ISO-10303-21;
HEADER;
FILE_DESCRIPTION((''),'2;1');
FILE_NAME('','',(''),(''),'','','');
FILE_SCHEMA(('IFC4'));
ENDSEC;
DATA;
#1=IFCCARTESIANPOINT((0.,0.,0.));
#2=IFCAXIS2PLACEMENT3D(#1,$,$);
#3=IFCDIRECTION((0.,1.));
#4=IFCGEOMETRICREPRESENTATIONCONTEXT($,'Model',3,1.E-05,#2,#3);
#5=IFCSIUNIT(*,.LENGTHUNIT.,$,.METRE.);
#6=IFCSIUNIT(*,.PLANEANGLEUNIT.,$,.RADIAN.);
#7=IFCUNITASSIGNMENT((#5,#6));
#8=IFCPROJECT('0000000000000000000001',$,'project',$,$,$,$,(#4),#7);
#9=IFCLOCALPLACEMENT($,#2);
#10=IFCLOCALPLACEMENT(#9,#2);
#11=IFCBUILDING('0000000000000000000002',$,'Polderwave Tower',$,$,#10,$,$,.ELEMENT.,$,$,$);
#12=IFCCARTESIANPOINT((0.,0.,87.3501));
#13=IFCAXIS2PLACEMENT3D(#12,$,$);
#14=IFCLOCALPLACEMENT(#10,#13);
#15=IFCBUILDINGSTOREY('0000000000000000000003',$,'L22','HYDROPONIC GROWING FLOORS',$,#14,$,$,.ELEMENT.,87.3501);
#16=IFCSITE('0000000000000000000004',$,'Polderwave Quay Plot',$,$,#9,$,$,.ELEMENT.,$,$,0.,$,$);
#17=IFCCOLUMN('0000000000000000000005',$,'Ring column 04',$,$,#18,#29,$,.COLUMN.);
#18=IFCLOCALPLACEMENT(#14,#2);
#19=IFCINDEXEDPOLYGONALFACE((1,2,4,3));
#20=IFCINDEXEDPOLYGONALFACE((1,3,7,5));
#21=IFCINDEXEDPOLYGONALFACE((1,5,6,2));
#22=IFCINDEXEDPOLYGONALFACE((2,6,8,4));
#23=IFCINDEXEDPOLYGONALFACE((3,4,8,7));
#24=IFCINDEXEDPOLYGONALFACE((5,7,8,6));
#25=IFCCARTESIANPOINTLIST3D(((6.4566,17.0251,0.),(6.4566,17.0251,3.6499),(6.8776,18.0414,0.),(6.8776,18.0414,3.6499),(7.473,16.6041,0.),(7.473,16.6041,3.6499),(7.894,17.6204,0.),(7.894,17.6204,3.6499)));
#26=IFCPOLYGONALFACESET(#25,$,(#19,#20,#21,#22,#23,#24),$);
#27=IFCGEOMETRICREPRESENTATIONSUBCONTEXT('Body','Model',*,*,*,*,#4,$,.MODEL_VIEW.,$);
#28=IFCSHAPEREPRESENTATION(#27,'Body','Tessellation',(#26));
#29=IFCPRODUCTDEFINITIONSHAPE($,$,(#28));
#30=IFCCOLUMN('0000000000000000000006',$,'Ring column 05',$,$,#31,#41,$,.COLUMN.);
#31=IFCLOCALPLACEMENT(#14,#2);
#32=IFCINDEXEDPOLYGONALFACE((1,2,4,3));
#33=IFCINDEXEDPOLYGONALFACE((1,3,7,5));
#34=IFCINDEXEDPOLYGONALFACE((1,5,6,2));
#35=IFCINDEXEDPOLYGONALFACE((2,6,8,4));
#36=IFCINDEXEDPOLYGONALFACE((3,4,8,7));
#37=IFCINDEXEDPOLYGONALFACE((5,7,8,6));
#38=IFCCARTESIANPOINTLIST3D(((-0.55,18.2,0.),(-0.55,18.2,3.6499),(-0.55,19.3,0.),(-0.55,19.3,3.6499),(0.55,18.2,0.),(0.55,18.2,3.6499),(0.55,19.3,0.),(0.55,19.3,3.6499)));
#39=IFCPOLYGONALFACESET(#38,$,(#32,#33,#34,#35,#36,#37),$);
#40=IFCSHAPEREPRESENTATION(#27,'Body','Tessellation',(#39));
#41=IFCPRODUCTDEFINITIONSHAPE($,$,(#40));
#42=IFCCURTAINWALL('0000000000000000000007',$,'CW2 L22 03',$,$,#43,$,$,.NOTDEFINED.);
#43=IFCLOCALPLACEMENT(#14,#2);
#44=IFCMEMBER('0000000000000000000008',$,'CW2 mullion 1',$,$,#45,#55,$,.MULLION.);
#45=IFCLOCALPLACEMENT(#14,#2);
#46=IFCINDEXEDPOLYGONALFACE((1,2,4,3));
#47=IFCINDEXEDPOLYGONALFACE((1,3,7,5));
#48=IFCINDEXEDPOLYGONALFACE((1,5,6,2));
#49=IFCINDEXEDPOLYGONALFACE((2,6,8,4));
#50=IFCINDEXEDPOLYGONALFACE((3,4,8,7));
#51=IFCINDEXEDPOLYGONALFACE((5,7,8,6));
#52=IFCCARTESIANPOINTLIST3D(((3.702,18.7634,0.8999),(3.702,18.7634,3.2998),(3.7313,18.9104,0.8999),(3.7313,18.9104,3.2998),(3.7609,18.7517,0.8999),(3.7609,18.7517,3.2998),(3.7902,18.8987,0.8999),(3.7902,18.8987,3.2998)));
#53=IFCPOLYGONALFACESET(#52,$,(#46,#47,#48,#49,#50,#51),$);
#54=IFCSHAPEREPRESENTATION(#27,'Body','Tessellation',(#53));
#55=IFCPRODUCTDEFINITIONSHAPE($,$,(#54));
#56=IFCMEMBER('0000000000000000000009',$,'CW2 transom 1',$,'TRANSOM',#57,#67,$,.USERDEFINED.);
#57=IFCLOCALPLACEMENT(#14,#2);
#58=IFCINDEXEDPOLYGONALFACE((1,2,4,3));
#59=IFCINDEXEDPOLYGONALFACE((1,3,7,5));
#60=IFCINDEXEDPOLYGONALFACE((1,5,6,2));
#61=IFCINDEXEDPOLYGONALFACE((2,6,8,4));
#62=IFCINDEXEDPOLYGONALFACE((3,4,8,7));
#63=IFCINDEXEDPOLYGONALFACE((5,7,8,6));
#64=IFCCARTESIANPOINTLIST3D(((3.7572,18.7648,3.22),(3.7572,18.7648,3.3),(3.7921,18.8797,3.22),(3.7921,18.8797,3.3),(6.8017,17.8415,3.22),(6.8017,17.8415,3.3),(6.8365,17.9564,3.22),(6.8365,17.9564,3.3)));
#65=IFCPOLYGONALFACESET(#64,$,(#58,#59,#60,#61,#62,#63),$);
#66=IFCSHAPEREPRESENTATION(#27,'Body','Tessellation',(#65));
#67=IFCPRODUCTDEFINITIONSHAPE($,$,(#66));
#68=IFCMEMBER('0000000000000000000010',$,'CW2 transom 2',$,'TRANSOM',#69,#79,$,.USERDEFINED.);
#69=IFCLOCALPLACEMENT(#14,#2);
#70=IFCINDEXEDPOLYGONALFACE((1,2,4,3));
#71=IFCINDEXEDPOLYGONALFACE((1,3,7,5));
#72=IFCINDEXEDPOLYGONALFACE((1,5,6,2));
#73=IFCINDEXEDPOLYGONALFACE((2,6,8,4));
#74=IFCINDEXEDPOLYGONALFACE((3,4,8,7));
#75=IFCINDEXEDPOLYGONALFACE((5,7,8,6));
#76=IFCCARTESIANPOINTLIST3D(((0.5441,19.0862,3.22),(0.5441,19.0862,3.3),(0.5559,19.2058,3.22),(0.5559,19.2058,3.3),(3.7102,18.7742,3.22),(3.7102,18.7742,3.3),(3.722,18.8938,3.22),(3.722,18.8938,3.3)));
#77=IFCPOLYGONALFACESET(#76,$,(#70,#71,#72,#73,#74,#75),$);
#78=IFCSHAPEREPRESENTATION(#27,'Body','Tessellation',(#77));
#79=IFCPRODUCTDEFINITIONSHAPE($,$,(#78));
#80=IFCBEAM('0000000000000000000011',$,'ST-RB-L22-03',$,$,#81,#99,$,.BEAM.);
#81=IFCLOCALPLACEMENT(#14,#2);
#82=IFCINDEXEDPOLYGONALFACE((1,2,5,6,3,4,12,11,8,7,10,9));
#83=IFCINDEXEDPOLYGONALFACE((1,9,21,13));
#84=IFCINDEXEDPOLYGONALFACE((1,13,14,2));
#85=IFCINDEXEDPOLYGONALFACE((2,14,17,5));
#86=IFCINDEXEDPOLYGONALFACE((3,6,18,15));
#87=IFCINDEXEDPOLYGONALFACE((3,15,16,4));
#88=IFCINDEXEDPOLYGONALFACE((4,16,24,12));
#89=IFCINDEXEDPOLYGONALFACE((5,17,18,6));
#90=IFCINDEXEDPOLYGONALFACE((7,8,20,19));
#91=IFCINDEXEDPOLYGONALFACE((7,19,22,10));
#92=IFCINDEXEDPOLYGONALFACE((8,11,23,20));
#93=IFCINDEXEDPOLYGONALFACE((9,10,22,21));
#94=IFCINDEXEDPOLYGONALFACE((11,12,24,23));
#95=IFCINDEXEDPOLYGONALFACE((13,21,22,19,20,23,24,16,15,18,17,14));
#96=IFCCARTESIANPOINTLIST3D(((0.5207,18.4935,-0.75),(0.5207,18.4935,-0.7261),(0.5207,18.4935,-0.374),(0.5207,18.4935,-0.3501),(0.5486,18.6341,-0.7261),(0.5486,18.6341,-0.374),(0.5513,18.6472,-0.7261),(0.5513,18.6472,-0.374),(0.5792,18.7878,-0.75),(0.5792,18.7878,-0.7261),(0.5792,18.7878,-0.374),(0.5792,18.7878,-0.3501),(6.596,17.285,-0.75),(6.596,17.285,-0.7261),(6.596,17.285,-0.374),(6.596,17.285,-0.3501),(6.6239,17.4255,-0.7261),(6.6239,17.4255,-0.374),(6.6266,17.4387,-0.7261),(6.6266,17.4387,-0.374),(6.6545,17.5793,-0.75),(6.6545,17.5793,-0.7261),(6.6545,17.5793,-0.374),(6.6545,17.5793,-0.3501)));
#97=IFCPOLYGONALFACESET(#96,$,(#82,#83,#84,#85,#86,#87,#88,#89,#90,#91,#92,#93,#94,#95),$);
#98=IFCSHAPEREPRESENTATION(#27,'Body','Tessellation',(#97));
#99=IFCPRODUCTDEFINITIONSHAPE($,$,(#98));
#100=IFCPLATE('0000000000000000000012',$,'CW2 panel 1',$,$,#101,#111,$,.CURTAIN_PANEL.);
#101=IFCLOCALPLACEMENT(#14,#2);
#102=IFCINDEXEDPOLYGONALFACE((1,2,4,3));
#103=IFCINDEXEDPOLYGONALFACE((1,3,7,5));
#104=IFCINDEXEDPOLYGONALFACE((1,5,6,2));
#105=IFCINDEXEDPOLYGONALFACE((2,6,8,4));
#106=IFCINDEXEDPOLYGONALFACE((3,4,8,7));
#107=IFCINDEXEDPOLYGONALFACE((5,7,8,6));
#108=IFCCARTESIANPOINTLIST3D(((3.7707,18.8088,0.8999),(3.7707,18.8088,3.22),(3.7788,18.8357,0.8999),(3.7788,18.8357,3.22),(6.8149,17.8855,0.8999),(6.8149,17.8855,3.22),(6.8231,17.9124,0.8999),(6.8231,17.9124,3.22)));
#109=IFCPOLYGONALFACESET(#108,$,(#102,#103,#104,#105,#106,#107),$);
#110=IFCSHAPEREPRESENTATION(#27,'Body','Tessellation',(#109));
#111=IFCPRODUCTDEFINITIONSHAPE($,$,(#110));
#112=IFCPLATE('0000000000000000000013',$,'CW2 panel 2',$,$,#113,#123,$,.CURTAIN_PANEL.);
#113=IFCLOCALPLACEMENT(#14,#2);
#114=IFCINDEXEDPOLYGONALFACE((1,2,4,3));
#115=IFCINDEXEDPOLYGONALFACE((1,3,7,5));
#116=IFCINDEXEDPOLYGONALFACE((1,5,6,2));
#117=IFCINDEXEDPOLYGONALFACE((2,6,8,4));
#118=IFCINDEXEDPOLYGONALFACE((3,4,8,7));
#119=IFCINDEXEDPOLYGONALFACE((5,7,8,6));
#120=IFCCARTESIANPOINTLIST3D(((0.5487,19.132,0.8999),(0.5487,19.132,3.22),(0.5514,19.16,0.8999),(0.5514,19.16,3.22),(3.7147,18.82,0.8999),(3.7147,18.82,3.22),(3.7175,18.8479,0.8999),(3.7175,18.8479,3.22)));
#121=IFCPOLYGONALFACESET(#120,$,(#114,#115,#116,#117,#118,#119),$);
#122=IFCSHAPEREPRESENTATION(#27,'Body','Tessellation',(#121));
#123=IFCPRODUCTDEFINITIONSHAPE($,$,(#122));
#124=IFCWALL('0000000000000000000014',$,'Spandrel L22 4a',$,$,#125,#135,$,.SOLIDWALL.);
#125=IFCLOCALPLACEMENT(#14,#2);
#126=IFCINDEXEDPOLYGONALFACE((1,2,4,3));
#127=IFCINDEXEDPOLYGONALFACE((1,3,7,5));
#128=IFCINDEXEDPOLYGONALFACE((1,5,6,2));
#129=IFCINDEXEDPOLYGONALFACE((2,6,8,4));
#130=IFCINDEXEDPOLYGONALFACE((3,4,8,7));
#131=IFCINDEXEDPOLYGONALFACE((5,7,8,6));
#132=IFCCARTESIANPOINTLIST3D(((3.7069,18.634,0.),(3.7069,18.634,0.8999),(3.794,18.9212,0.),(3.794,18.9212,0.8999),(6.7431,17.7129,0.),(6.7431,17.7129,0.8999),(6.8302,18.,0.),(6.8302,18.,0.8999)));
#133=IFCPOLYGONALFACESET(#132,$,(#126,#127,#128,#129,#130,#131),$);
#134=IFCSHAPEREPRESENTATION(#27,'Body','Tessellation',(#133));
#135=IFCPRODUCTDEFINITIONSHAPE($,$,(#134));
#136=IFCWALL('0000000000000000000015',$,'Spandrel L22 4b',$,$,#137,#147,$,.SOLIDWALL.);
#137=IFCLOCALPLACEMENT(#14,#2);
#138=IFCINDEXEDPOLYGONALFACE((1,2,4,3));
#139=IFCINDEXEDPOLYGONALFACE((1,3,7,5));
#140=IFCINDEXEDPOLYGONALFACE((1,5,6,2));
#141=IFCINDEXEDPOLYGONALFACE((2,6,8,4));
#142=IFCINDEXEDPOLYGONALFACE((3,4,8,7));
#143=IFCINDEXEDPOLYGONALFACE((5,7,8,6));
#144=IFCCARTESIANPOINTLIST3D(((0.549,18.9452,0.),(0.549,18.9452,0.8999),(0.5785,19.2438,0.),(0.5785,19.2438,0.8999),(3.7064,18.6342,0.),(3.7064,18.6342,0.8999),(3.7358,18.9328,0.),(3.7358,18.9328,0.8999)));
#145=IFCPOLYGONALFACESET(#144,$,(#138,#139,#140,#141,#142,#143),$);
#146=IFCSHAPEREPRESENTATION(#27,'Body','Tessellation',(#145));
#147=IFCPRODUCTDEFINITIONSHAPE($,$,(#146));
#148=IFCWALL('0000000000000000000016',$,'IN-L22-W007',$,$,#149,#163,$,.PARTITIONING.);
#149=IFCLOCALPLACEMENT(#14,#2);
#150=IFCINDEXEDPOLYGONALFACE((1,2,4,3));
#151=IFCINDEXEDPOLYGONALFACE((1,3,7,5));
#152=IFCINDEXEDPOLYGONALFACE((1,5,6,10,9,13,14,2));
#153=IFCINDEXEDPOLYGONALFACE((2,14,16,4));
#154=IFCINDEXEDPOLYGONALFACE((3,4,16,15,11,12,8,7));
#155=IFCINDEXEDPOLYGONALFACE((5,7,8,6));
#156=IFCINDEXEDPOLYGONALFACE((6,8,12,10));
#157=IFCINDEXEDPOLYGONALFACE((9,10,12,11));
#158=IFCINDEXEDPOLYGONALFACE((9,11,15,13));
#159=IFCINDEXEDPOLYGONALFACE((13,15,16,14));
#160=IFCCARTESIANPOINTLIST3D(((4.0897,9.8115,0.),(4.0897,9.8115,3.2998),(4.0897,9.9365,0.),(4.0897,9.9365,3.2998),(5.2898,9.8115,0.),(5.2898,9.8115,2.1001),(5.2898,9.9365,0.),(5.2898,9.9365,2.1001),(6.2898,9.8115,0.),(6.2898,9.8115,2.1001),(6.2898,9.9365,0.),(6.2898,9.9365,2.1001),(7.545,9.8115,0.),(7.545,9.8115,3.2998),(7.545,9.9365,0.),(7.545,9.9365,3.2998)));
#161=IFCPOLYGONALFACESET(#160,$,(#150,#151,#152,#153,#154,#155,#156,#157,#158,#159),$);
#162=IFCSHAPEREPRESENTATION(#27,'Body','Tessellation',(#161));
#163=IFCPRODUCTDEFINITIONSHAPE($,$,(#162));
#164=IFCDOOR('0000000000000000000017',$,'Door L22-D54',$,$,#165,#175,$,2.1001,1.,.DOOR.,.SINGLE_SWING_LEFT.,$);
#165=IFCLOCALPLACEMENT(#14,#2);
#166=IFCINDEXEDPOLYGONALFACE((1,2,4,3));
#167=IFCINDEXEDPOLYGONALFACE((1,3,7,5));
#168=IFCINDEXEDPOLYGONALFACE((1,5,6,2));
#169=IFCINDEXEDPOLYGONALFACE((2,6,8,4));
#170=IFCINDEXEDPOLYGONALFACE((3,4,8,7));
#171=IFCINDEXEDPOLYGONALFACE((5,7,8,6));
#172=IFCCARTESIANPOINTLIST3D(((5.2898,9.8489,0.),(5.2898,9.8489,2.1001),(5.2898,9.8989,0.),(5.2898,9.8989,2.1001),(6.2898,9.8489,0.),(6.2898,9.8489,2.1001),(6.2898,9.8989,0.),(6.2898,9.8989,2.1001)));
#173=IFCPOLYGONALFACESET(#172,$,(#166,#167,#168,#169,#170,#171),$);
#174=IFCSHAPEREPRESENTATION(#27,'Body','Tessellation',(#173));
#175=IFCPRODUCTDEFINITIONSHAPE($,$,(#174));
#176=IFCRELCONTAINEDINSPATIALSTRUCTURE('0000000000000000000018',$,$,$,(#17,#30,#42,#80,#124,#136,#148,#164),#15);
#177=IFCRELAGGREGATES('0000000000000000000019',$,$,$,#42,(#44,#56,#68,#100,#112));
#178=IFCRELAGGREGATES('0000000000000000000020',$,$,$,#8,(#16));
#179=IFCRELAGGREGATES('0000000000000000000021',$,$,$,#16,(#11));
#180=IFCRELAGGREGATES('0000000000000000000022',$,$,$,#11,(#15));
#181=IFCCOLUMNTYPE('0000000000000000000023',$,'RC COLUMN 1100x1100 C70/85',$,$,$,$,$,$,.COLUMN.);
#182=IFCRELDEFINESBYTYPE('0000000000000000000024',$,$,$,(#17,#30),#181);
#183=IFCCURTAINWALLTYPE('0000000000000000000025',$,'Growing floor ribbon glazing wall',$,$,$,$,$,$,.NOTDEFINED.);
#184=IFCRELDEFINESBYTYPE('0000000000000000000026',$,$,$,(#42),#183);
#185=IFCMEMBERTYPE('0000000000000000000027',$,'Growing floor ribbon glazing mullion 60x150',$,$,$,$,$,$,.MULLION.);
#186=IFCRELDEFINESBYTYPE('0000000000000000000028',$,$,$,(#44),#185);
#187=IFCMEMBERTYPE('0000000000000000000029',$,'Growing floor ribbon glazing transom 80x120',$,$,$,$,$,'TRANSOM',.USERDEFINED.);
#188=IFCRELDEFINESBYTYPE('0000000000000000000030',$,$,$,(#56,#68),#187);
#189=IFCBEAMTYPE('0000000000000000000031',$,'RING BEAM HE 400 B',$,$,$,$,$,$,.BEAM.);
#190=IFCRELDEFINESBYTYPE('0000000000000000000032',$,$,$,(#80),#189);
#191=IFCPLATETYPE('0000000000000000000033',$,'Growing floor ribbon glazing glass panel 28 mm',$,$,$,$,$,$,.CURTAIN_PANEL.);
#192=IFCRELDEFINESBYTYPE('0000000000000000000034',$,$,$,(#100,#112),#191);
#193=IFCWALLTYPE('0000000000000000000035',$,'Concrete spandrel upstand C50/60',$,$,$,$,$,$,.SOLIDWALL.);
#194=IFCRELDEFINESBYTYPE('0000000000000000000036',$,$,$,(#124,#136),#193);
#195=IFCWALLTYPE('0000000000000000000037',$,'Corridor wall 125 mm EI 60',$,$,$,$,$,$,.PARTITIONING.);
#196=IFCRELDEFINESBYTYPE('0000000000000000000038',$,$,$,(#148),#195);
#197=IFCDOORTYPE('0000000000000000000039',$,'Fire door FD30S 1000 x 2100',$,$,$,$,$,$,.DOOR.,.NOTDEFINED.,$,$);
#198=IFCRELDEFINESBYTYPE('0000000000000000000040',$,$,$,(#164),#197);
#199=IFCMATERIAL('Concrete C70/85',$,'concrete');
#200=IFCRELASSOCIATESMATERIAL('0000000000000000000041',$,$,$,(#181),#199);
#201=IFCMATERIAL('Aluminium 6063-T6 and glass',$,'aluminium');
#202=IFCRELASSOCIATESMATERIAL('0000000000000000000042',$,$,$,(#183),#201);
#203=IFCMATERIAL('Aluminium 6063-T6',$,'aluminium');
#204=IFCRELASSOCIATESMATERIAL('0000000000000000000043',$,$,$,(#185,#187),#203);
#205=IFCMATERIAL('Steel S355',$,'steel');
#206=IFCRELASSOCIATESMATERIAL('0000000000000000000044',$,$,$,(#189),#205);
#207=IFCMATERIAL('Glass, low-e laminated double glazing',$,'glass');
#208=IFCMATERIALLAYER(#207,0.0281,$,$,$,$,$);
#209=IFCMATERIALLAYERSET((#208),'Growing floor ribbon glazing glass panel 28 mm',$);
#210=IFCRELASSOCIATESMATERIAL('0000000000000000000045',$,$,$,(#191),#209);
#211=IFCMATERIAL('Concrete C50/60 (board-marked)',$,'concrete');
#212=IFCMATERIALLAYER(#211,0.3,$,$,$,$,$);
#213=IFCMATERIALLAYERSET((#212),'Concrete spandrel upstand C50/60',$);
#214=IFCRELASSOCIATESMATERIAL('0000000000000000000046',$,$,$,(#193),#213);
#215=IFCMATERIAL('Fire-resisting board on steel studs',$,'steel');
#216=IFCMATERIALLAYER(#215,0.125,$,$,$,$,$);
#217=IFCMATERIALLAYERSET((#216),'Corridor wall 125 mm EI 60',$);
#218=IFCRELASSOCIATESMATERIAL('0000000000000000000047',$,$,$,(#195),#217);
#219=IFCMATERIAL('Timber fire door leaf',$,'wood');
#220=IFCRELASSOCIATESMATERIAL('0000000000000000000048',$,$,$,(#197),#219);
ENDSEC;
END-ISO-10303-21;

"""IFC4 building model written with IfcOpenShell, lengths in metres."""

from ifc_helpers import new_model, si_unit, direction, frame, frame_2d, origin, origin_2d, place, context, subcontext, project, spatial, rectangle, i_section, extrude, material, layer, layer_set, material_profile, profile_set, type_object, element, fill, aggregate, save


model = new_model("IFC4")

# Units and contexts
model_context = context("Model", 3, precision=1e-05, world=origin(), true_north=direction((0.0, 1.0)))
body_context = subcontext(model_context, "Body", "Model", "MODEL_VIEW")
ifc_project = project(units=[si_unit("LENGTHUNIT", "METRE"), si_unit("PLANEANGLEUNIT", "RADIAN")], contexts=[model_context])

# Site, building, storey
site_placement = place(None, origin())
site = spatial("IfcSite", under=ifc_project, at=site_placement, Name="Polderwave Quay Plot", CompositionType="ELEMENT", RefElevation=0.0)
building_placement = place(site_placement, origin())
building = spatial("IfcBuilding", under=site, at=building_placement, Name="Polderwave Tower", CompositionType="ELEMENT")
storey_placement = place(building_placement, frame((0.0, 0.0, 87.3501)))
storey = spatial("IfcBuildingStorey", under=building, at=storey_placement, Name="L22", Description="HYDROPONIC GROWING FLOORS", CompositionType="ELEMENT", Elevation=87.3501)

# Columns
ifc_material_1 = material(Name="Concrete C70/85", Category="concrete")
ifc_material_profile_1 = material_profile(ifc_material_1, rectangle(XDim=1.1001, YDim=1.1001, at=origin_2d()), Name="RC 1100x1100")
ifc_profile_set_1 = profile_set([ifc_material_profile_1], Name="Concrete C70/85")
column_type = type_object("IfcColumnType", Name="RC COLUMN 1100x1100 C70/85", PredefinedType="COLUMN", material=ifc_profile_set_1)
for number, where, z_axis, x_axis, name in (
    (1, (7.1753, 17.3228, 0.0), (0.0, 0.0, 1.0), (0.382683, 0.92388, 0.0), "Ring column 04"),
    (2, (0.0, 18.75, 0.0), (0.0, 0.0, 1.0), (0.0, 1.0, 0.0), "Ring column 05"),
):
    element("IfcColumn", number, at=place(storey_placement, frame(where, z_axis=z_axis, x_axis=x_axis)), inside=storey, type_object=column_type, Name=name, PredefinedType="COLUMN", context=body_context, shape_type="SweptSolid", body=[
        extrude(rectangle(XDim=1.1001, YDim=1.1001, at=origin_2d()), origin(), (0.0, 0.0, 1.0), 3.6499),
    ])

# Curtain wall, members
ifc_material_2 = material(Name="Aluminium 6063-T6 and glass", Category="aluminium")
curtain_wall_type = type_object("IfcCurtainWallType", Name="Growing floor ribbon glazing wall", PredefinedType="NOTDEFINED", material=ifc_material_2)
curtain_wall_placement = place(storey_placement, origin())
curtain_wall = element("IfcCurtainWall", 3, at=curtain_wall_placement, inside=storey, type_object=curtain_wall_type, Name="CW2 L22 03", PredefinedType="NOTDEFINED")
ifc_material_3 = material(Name="Aluminium 6063-T6", Category="aluminium")
ifc_material_profile_2 = material_profile(ifc_material_3, rectangle(XDim=0.1499, YDim=0.0601, at=origin_2d()), Name="AL 60x150")
ifc_profile_set_2 = profile_set([ifc_material_profile_2], Name="Aluminium 6063-T6")
member_type_1 = type_object("IfcMemberType", Name="Growing floor ribbon glazing mullion 60x150", PredefinedType="MULLION", material=ifc_profile_set_2)
member_1_placement = place(storey_placement, frame((3.7461, 18.8311, 0.8999), z_axis=(0.0, 0.0, 1.0), x_axis=(-0.195097, -0.980784, 0.0)))
member_1 = element("IfcMember", 4, at=member_1_placement, type_object=member_type_1, Name="CW2 mullion 1", PredefinedType="MULLION", context=body_context, shape_type="SweptSolid", body=[
    extrude(rectangle(XDim=0.1499, YDim=0.0601, at=origin_2d()), origin(), (0.0, 0.0, 1.0), 2.3999),
])
ifc_material_profile_3 = material_profile(ifc_material_3, rectangle(XDim=0.1201, YDim=0.0801, at=origin_2d()), Name="AL 80x120")
ifc_profile_set_3 = profile_set([ifc_material_profile_3], Name="Aluminium 6063-T6")
member_type_2 = type_object("IfcMemberType", Name="Growing floor ribbon glazing transom 80x120", ElementType="TRANSOM", PredefinedType="USERDEFINED", material=ifc_profile_set_3)
member_2_placement = place(storey_placement, frame((6.8191, 17.8989, 3.26), z_axis=(-0.956956, 0.290233, 0.0), x_axis=(-0.290233, -0.956956, 0.0)))
member_2 = element("IfcMember", 5, at=member_2_placement, type_object=member_type_2, Name="CW2 transom 1", ObjectType="TRANSOM", PredefinedType="USERDEFINED", context=body_context, shape_type="SweptSolid", body=[
    extrude(rectangle(XDim=0.1201, YDim=0.0801, at=origin_2d()), origin(), (0.0, 0.0, 1.0), 3.1814),
])
member_3_placement = place(storey_placement, frame((3.7161, 18.834, 3.26), z_axis=(-0.995179, 0.098075, 0.0), x_axis=(-0.098075, -0.995179, 0.0)))
member_3 = element("IfcMember", 6, at=member_3_placement, type_object=member_type_2, Name="CW2 transom 2", ObjectType="TRANSOM", PredefinedType="USERDEFINED", context=body_context, shape_type="SweptSolid", body=[
    extrude(rectangle(XDim=0.1201, YDim=0.0801, at=origin_2d()), origin(), (0.0, 0.0, 1.0), 3.1814),
])

# Beam
ifc_material_4 = material(Name="Steel S355", Category="steel")
ifc_material_profile_4 = material_profile(ifc_material_4, i_section(OverallWidth=0.3, OverallDepth=0.3999, WebThickness=0.0134, FlangeThickness=0.0239, at=origin_2d()), Name="HE 400 B")
ifc_profile_set_4 = profile_set([ifc_material_profile_4], Name="Steel S355")
beam_type = type_object("IfcBeamType", Name="RING BEAM HE 400 B", PredefinedType="BEAM", material=ifc_profile_set_4)
beam_placement = place(storey_placement, frame((6.6252, 17.4321, -0.55), z_axis=(-0.980783, 0.1951, 0.0), x_axis=(-0.1951, -0.980783, 0.0)))
element("IfcBeam", 7, at=beam_placement, inside=storey, type_object=beam_type, Name="ST-RB-L22-03", PredefinedType="BEAM", context=body_context, shape_type="SweptSolid", body=[
    extrude(i_section(OverallWidth=0.3, OverallDepth=0.3999, WebThickness=0.0134, FlangeThickness=0.0239, at=origin_2d()), origin(), (0.0, 0.0, 1.0), 6.1943),
])

# Plates
ifc_material_5 = material(Name="Glass, low-e laminated double glazing", Category="glass")
ifc_layer_1 = layer(ifc_material_5, 0.0281)
ifc_layer_set_1 = layer_set([ifc_layer_1], Name="Growing floor ribbon glazing glass panel 28 mm")
plate_type = type_object("IfcPlateType", Name="Growing floor ribbon glazing glass panel 28 mm", PredefinedType="CURTAIN_PANEL", material=ifc_layer_set_1)
plate_1_placement = place(storey_placement, frame((5.2969, 18.3606, 0.8999), z_axis=(0.0, 0.0, 1.0), x_axis=(-0.956956, 0.290233, 0.0)))
plate_1 = element("IfcPlate", 8, at=plate_1_placement, type_object=plate_type, Name="CW2 panel 1", PredefinedType="CURTAIN_PANEL", context=body_context, shape_type="SweptSolid", body=[
    extrude(rectangle(XDim=3.1812, YDim=0.0281, at=origin_2d()), origin(), (0.0, 0.0, 1.0), 2.3201),
])
plate_2_placement = place(storey_placement, frame((2.1331, 18.99, 0.8999), z_axis=(0.0, 0.0, 1.0), x_axis=(-0.995178, 0.098085, 0.0)))
plate_2 = element("IfcPlate", 9, at=plate_2_placement, type_object=plate_type, Name="CW2 panel 2", PredefinedType="CURTAIN_PANEL", context=body_context, shape_type="SweptSolid", body=[
    extrude(rectangle(XDim=3.1814, YDim=0.0281, at=origin_2d()), origin(), (0.0, 0.0, 1.0), 2.3201),
])
aggregate(curtain_wall, [member_1, member_2, member_3, plate_1, plate_2])

# Walls
ifc_material_6 = material(Name="Concrete C50/60 (board-marked)", Category="concrete")
ifc_layer_2 = layer(ifc_material_6, 0.3)
ifc_layer_set_2 = layer_set([ifc_layer_2], Name="Concrete spandrel upstand C50/60")
wall_type_1 = type_object("IfcWallType", Name="Concrete spandrel upstand C50/60", PredefinedType="SOLIDWALL", material=ifc_layer_set_2)
wall_1_placement = place(storey_placement, frame((6.7866, 17.8564, 0.0), z_axis=(0.0, 0.0, 1.0), x_axis=(-0.956928, 0.290326, 0.0)))
element("IfcWall", 10, at=wall_1_placement, inside=storey, type_object=wall_type_1, Name="Spandrel L22 4a", PredefinedType="SOLIDWALL", context=body_context, shape_type="SweptSolid", body=[
    extrude(rectangle(XDim=3.1729, YDim=0.3, at=frame_2d((1.5864, 0.0))), origin(), (0.0, 0.0, 1.0), 0.8999),
])
wall_2_placement = place(storey_placement, frame((3.7212, 18.7834, 0.0), z_axis=(0.0, 0.0, 1.0), x_axis=(-0.995182, 0.098041, 0.0)))
element("IfcWall", 11, at=wall_2_placement, inside=storey, type_object=wall_type_1, Name="Spandrel L22 4b", PredefinedType="SOLIDWALL", context=body_context, shape_type="SweptSolid", body=[
    extrude(rectangle(XDim=3.1726, YDim=0.3, at=frame_2d((1.5864, 0.0))), origin(), (0.0, 0.0, 1.0), 0.8999),
])

# Wall, opening, door
ifc_material_7 = material(Name="Fire-resisting board on steel studs", Category="steel")
ifc_layer_3 = layer(ifc_material_7, 0.125)
ifc_layer_set_3 = layer_set([ifc_layer_3], Name="Corridor wall 125 mm EI 60")
wall_type_2 = type_object("IfcWallType", Name="Corridor wall 125 mm EI 60", PredefinedType="PARTITIONING", material=ifc_layer_set_3)
wall_3_placement = place(storey_placement, frame((4.0898, 9.874, 0.0), z_axis=(0.0, 0.0, 1.0), x_axis=(1.0, 0.0, 0.0)))
wall_3 = element("IfcWall", 12, at=wall_3_placement, inside=storey, type_object=wall_type_2, Name="IN-L22-W007", PredefinedType="PARTITIONING", context=body_context, shape_type="SweptSolid", body=[
    extrude(rectangle(XDim=3.4553, YDim=0.125, at=frame_2d((1.7275, 0.0))), origin(), (0.0, 0.0, 1.0), 3.2998),
])
opening_1_placement = place(wall_3_placement, frame((1.2, 0.0, 0.0)))
opening_1 = element("IfcOpeningElement", 13, at=opening_1_placement, cuts=wall_3, PredefinedType="OPENING", context=body_context, shape_type="SweptSolid", body=[
    extrude(rectangle(XDim=1.0, YDim=2.1001, at=frame_2d((0.5, 1.05))), frame((0.0, 0.0725, 0.0), z_axis=(0.0, -1.0, 0.0), x_axis=(1.0, 0.0, 0.0)), (0.0, 0.0, 1.0), 0.145),
])
ifc_material_8 = material(Name="Timber fire door leaf", Category="wood")
door_type_1 = type_object("IfcDoorType", Name="Fire door FD30S 1000 x 2100", OperationType="NOTDEFINED", PredefinedType="DOOR", material=ifc_material_8)
door_1_placement = place(opening_1_placement, origin())
door_1 = element("IfcDoor", 14, at=door_1_placement, inside=storey, type_object=door_type_1, Name="Door L22-D54", OperationType="SINGLE_SWING_LEFT", OverallHeight=2.1001, OverallWidth=1.0, PredefinedType="DOOR", context=body_context, shape_type="SweptSolid", body=[
    extrude(rectangle(XDim=1.0, YDim=2.1001, at=frame_2d((0.5, 1.05))), frame((0.0, 0.0249, 0.0), z_axis=(0.0, -1.0, 0.0), x_axis=(1.0, 0.0, 0.0)), (0.0, 0.0, 1.0), 0.05),
])
fill(opening_1, door_1)

save(model, "model.ifc")
